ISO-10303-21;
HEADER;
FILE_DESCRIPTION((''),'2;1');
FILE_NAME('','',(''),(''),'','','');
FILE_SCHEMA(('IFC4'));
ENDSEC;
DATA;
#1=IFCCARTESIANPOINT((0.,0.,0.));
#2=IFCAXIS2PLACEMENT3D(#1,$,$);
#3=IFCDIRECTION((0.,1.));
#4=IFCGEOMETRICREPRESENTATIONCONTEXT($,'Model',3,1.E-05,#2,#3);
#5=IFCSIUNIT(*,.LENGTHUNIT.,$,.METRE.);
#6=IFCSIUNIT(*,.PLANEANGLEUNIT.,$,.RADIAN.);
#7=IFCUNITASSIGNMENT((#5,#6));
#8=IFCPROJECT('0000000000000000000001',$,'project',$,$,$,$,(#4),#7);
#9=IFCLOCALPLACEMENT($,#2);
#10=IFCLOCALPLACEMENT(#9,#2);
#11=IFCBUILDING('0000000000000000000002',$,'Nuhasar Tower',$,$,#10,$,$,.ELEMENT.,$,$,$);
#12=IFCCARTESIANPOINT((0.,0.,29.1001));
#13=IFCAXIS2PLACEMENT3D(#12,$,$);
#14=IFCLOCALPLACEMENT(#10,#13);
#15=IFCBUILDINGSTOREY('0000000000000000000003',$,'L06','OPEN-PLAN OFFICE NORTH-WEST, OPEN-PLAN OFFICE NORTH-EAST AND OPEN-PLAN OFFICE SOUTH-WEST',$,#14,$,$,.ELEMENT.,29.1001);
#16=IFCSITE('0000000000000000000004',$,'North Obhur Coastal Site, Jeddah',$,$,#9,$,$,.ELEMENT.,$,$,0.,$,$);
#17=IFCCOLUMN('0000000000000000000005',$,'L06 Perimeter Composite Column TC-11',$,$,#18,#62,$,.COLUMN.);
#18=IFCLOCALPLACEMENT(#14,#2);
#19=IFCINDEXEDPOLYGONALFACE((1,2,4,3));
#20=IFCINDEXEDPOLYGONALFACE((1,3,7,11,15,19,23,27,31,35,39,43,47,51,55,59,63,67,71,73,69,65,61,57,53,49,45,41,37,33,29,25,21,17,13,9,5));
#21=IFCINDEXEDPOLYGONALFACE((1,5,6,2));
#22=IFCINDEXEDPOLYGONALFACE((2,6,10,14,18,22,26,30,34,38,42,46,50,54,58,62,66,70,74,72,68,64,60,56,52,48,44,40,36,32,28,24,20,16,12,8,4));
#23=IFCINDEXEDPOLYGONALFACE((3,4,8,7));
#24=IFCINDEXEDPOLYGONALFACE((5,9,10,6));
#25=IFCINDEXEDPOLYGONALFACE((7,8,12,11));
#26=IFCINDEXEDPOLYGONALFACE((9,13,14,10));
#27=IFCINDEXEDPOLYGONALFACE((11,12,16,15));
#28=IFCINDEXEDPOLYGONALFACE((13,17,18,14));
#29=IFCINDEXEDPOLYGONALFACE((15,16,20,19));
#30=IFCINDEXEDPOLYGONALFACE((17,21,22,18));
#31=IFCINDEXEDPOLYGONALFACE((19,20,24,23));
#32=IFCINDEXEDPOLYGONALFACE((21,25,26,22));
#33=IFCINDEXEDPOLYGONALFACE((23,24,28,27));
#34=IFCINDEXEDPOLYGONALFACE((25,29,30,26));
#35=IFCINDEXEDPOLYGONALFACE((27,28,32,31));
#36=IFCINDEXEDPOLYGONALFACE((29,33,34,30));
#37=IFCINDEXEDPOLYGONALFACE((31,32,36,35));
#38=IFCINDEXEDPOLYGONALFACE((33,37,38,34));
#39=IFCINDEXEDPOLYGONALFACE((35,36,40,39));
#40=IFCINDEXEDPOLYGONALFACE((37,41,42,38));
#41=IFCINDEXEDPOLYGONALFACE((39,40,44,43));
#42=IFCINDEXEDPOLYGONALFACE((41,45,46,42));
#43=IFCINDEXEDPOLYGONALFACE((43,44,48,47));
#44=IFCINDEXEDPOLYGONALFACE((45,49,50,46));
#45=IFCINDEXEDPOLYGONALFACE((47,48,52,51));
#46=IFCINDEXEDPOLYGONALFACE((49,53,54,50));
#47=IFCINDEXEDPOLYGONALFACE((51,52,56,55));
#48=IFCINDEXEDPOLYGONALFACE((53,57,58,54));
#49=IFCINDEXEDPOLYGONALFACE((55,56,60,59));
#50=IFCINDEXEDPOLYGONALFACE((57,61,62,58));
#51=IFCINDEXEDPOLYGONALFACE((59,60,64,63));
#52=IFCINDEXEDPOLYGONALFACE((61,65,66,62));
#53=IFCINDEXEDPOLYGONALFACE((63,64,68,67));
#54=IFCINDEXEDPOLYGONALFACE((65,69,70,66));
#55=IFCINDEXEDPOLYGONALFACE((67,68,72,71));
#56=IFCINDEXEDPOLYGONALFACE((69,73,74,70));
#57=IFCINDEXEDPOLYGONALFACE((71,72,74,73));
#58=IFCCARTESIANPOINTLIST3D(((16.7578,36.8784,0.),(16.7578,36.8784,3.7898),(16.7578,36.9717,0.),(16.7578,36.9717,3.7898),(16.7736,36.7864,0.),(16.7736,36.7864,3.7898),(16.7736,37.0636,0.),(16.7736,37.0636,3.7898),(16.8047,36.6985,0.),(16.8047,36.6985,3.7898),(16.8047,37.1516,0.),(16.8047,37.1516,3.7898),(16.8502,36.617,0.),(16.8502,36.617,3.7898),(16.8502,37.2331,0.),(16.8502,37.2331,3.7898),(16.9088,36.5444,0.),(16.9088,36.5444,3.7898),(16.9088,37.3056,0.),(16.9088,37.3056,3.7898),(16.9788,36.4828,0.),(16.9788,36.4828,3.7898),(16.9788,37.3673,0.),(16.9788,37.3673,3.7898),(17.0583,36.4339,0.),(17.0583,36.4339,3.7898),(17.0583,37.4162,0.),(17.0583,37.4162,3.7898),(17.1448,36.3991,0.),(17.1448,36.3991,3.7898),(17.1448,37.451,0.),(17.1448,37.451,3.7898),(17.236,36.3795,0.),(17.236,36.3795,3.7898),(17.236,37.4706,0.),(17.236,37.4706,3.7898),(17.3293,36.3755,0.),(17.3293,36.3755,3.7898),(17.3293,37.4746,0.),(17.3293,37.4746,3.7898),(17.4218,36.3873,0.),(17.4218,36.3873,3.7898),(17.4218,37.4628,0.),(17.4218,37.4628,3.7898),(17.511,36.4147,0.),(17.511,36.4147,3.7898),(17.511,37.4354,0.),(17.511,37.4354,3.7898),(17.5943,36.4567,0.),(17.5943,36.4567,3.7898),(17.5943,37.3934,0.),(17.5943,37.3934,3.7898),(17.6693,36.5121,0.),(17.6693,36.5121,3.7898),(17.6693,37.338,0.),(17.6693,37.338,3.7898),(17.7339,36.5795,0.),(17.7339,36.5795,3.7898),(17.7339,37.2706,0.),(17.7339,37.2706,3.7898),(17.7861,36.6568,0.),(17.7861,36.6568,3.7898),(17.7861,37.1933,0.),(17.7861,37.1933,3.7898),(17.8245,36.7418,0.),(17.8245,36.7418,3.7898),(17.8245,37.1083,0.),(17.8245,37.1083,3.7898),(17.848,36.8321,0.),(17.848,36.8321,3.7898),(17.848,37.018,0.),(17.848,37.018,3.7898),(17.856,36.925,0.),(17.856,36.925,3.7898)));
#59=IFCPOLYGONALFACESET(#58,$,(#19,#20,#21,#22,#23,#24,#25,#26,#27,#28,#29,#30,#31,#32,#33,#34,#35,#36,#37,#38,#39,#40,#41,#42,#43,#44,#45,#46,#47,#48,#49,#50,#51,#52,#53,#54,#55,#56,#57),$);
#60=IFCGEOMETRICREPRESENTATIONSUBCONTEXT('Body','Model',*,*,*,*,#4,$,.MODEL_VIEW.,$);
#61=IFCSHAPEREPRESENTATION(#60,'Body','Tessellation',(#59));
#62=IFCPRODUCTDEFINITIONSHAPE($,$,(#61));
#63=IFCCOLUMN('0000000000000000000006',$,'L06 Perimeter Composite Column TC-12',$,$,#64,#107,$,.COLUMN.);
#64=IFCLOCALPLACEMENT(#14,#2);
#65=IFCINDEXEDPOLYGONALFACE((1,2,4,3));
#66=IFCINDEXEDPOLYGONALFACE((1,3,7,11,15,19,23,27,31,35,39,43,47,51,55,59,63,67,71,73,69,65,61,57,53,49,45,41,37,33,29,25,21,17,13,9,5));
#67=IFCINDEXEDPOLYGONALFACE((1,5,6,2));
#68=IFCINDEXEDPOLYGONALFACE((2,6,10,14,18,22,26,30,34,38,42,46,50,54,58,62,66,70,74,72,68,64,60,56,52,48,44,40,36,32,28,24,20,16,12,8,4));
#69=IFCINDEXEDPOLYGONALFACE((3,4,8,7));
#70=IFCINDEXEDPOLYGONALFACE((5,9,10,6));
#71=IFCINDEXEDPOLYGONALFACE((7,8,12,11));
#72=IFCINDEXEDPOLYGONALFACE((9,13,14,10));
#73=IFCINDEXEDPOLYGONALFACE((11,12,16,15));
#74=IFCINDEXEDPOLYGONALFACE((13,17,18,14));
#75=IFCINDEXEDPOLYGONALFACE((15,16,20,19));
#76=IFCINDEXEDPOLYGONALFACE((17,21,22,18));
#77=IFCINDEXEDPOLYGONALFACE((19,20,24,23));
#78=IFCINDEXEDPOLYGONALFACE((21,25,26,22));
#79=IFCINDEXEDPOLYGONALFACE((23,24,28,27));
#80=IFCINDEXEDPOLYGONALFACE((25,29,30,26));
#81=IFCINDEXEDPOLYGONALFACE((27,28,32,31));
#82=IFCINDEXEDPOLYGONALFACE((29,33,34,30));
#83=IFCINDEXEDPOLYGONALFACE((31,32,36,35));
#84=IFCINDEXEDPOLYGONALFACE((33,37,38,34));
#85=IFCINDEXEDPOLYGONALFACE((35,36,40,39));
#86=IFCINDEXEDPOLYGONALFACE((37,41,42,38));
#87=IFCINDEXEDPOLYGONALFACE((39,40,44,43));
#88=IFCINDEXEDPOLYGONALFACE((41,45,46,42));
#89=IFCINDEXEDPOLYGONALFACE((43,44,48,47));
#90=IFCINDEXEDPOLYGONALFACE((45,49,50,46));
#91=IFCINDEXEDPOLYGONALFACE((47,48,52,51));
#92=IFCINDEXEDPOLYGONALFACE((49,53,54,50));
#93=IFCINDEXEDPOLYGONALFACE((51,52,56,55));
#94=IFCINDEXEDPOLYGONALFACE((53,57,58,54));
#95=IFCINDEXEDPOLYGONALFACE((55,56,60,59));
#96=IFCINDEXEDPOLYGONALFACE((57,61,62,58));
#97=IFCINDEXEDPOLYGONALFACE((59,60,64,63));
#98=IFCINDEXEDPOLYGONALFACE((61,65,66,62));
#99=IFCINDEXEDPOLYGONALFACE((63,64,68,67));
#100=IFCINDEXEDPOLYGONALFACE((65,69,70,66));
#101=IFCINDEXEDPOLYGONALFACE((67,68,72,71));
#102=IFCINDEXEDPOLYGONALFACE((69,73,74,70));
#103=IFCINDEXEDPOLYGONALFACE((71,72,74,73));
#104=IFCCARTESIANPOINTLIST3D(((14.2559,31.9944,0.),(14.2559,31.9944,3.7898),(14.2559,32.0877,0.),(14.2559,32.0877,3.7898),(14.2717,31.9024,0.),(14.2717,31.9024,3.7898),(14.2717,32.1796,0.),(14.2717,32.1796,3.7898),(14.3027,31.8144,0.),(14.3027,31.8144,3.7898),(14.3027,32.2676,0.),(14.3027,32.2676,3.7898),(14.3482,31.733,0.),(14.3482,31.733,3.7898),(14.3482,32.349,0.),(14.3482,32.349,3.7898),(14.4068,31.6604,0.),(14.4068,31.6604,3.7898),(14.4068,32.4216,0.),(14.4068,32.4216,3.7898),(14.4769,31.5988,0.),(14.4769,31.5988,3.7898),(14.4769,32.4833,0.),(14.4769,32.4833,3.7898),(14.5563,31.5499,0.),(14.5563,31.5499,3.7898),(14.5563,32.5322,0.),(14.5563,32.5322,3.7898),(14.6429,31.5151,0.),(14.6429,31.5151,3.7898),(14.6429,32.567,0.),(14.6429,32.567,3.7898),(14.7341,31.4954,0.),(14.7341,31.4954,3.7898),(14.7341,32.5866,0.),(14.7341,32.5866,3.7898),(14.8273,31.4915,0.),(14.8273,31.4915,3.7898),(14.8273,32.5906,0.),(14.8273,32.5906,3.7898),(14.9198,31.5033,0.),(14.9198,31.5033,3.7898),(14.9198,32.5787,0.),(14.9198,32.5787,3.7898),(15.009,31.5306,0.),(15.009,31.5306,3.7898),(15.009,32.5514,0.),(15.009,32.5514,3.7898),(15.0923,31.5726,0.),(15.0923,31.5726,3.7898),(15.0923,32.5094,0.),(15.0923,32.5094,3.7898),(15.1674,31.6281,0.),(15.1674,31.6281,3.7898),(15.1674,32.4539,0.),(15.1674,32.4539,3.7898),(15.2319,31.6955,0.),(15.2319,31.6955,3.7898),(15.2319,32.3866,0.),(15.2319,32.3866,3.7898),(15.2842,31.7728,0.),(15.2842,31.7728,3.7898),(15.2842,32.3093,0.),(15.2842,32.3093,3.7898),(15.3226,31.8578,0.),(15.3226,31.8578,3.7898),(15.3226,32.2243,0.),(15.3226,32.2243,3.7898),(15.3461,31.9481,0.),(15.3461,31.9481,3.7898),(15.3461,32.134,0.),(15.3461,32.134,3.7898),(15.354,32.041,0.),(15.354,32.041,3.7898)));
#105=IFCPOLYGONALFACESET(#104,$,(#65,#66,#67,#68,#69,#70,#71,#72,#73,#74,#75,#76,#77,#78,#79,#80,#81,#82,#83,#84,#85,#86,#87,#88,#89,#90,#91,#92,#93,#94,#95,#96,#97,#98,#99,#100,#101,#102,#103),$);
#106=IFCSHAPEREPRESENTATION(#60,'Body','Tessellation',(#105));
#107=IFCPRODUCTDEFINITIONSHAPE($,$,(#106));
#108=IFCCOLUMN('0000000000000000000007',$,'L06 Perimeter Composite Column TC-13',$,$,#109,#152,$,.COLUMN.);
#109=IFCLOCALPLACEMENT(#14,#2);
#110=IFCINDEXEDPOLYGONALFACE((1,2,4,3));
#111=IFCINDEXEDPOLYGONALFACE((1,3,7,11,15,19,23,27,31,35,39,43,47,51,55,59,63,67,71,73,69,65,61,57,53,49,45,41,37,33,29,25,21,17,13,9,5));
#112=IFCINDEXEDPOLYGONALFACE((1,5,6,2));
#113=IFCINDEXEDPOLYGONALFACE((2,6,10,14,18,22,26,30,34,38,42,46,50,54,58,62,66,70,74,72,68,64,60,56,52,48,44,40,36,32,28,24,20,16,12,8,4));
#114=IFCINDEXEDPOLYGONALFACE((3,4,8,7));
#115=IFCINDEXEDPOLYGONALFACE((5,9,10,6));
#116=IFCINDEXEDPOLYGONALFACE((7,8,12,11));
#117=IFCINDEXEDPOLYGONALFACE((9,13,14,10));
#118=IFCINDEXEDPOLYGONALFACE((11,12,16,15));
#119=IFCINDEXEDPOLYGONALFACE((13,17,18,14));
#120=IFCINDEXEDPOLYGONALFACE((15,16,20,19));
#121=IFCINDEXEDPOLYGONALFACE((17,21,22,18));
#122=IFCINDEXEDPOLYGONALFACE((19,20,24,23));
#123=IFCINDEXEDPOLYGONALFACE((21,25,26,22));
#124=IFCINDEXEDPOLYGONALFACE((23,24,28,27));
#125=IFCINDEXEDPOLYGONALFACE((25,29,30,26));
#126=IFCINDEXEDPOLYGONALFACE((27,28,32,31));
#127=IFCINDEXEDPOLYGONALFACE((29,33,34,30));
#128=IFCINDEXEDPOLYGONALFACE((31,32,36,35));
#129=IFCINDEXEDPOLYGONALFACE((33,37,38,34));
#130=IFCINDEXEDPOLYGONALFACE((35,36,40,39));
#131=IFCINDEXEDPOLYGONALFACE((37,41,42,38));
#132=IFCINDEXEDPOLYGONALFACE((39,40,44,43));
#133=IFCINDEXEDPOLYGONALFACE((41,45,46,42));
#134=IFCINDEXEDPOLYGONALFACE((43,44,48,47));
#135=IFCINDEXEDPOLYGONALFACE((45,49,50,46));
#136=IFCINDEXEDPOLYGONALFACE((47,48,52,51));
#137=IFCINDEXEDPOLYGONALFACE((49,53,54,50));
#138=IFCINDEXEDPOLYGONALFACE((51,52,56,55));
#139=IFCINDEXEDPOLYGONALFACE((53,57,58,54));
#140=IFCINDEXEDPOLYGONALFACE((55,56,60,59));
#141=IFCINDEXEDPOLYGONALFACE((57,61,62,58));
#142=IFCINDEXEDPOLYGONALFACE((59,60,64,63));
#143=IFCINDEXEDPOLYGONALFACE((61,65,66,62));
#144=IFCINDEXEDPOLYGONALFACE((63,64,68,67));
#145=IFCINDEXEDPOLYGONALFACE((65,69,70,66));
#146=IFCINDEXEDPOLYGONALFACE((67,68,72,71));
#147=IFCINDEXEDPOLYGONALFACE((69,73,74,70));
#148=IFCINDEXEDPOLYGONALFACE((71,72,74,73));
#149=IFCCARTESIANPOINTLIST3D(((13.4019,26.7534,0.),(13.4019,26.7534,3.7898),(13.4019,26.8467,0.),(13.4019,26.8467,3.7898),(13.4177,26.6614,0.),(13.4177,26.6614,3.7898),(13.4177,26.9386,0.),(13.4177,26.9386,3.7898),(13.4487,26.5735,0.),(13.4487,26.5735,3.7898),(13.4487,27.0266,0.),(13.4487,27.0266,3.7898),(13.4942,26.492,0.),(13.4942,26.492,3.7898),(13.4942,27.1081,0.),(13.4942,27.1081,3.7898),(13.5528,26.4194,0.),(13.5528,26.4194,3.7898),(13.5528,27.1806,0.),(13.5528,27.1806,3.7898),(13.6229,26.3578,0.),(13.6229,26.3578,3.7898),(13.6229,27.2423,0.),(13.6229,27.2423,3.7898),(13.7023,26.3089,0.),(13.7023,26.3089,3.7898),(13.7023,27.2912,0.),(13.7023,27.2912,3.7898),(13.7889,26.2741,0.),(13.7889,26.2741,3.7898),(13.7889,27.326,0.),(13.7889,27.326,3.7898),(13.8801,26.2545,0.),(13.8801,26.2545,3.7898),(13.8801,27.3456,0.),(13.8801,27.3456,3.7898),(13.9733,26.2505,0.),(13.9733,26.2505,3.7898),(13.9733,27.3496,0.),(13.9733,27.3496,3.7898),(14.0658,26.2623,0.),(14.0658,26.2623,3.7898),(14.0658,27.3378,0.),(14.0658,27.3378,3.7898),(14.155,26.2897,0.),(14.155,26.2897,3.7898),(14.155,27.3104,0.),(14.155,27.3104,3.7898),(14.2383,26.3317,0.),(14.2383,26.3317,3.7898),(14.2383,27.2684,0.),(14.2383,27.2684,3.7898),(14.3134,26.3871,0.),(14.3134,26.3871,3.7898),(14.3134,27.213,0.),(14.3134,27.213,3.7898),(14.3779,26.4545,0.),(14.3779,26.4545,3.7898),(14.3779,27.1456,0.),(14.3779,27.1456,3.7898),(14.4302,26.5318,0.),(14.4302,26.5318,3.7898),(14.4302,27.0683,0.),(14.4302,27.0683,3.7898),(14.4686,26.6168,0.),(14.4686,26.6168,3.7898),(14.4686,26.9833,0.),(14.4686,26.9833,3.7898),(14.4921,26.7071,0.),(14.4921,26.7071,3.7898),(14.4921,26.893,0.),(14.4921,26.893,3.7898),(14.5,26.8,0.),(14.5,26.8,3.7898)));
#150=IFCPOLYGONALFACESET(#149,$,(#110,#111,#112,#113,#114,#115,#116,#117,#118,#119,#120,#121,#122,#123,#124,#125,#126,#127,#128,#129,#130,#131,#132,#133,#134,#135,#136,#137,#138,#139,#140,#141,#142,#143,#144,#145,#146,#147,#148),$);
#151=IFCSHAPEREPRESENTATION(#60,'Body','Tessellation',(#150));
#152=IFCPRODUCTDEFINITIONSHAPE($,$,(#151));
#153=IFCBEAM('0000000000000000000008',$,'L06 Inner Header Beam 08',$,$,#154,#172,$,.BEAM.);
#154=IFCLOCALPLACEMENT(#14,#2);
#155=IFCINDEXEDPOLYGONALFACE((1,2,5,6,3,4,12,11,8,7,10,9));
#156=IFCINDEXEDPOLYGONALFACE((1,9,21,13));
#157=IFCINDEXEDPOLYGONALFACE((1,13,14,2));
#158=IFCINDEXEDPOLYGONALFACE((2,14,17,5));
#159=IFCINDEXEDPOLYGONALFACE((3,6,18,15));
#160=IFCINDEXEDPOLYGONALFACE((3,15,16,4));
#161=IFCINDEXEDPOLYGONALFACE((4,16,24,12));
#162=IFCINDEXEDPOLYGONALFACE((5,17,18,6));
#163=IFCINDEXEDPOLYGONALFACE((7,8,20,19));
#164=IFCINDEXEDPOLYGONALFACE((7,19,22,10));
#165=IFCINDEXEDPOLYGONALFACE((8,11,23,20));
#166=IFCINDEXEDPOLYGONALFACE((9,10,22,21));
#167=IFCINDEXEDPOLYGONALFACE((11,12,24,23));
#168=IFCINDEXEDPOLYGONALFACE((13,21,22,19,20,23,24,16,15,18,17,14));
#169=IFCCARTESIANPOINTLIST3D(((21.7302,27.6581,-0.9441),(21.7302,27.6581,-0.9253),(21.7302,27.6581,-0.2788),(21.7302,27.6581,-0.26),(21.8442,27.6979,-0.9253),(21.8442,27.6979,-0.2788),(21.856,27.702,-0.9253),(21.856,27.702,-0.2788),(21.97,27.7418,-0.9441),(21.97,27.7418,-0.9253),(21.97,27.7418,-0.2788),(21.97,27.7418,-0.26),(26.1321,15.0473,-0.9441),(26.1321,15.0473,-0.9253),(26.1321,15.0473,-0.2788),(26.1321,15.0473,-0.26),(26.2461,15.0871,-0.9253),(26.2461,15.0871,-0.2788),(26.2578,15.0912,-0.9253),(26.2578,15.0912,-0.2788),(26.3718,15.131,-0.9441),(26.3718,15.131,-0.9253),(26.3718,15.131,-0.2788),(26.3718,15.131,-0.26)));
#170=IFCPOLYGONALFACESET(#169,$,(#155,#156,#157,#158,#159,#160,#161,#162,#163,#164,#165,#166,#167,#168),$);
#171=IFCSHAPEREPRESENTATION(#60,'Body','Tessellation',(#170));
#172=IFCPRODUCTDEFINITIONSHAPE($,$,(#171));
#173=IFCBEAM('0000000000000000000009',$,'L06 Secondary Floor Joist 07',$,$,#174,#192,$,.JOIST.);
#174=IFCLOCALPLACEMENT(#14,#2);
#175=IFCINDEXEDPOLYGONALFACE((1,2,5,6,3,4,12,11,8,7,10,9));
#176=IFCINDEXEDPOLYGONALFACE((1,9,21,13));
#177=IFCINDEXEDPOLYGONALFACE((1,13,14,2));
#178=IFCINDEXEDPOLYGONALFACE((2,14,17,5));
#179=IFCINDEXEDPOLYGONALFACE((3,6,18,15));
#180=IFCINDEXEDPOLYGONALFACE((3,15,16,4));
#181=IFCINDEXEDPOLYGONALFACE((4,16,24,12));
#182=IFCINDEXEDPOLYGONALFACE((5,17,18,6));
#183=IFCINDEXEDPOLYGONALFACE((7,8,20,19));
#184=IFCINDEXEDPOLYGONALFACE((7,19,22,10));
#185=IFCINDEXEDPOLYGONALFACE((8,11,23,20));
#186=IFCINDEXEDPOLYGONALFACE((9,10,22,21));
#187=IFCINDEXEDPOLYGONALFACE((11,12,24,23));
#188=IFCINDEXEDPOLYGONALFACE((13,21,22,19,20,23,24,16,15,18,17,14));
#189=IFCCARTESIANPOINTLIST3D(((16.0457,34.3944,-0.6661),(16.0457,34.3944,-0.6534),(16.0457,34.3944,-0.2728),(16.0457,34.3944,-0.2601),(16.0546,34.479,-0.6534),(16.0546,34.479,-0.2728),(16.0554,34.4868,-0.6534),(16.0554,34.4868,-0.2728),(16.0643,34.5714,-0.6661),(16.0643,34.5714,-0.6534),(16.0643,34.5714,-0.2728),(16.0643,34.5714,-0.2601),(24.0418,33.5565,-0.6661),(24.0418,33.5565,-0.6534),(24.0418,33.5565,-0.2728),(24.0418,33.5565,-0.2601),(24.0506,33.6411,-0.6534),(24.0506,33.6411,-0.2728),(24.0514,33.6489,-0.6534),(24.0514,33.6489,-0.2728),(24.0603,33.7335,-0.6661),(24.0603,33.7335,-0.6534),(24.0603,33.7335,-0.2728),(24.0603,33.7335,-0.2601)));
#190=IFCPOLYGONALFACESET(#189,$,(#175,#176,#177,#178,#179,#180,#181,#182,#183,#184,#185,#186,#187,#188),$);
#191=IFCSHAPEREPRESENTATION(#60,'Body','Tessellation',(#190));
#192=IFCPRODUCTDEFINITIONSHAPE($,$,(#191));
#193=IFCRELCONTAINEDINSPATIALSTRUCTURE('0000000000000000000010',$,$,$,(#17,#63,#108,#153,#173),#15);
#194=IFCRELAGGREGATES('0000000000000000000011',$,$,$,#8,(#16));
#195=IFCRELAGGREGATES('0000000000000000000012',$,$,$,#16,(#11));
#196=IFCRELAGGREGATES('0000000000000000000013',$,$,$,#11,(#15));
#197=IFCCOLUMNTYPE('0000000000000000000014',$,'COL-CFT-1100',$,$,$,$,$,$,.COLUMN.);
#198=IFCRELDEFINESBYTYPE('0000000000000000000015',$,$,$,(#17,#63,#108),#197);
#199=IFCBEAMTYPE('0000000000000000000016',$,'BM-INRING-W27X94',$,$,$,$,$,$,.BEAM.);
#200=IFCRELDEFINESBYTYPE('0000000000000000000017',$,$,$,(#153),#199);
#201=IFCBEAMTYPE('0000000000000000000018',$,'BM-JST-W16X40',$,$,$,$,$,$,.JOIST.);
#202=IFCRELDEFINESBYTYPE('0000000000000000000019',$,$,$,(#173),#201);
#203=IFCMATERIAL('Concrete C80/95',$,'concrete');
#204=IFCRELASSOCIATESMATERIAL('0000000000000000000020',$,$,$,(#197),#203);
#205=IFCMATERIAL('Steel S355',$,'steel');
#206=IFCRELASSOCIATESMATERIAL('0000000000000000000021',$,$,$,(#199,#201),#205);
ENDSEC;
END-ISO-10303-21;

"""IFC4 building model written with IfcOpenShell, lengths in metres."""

from ifc_helpers import new_model, si_unit, direction, frame, origin, origin_2d, place, context, subcontext, project, spatial, circle, i_section, extrude, material, material_profile, profile_set, type_object, element, save


model = new_model("IFC4")

# Units and contexts
model_context = context("Model", 3, precision=1e-05, world=origin(), true_north=direction((0.0, 1.0)))
body_context = subcontext(model_context, "Body", "Model", "MODEL_VIEW")
ifc_project = project(units=[si_unit("LENGTHUNIT", "METRE"), si_unit("PLANEANGLEUNIT", "RADIAN")], contexts=[model_context])

# Site, building, storey
site_placement = place(None, origin())
site = spatial("IfcSite", under=ifc_project, at=site_placement, Name="North Obhur Coastal Site, Jeddah", CompositionType="ELEMENT", RefElevation=0.0)
building_placement = place(site_placement, origin())
building = spatial("IfcBuilding", under=site, at=building_placement, Name="Nuhasar Tower", CompositionType="ELEMENT")
storey_placement = place(building_placement, frame((0.0, 0.0, 29.1001)))
storey = spatial("IfcBuildingStorey", under=building, at=storey_placement, Name="L06", Description="OPEN-PLAN OFFICE NORTH-WEST, OPEN-PLAN OFFICE NORTH-EAST AND OPEN-PLAN OFFICE SOUTH-WEST", CompositionType="ELEMENT", Elevation=29.1001)

# Columns
ifc_material_1 = material(Name="Concrete C80/95", Category="concrete")
ifc_material_profile_1 = material_profile(ifc_material_1, circle(Radius=0.55, at=origin_2d()), Name="CFT1100")
ifc_profile_set_1 = profile_set([ifc_material_profile_1], Name="Concrete C80/95")
column_type = type_object("IfcColumnType", Name="COL-CFT-1100", PredefinedType="COLUMN", material=ifc_profile_set_1)
for number, where, z_axis, x_axis, name in (
    (1, (17.3059, 36.925, 0.0), (0.0, 0.0, 1.0), (1.0, 0.0, 0.0), "L06 Perimeter Composite Column TC-11"),
    (2, (14.804, 32.041, 0.0), (0.0, 0.0, 1.0), (1.0, 0.0, 0.0), "L06 Perimeter Composite Column TC-12"),
    (3, (13.95, 26.8, 0.0), (0.0, 0.0, 1.0), (1.0, 0.0, 0.0), "L06 Perimeter Composite Column TC-13"),
):
    element("IfcColumn", number, at=place(storey_placement, frame(where, z_axis=z_axis, x_axis=x_axis)), inside=storey, type_object=column_type, Name=name, PredefinedType="COLUMN", context=body_context, shape_type="SweptSolid", body=[
        extrude(circle(Radius=0.55, at=origin_2d()), origin(), (0.0, 0.0, 1.0), 3.7898),
    ])

# Beams
ifc_material_2 = material(Name="Steel S355", Category="steel")
ifc_material_profile_2 = material_profile(ifc_material_2, i_section(OverallWidth=0.2539, OverallDepth=0.6841, WebThickness=0.0125, FlangeThickness=0.0188, at=origin_2d()), Name="W27X94")
ifc_profile_set_2 = profile_set([ifc_material_profile_2], Name="Steel S355")
beam_type_1 = type_object("IfcBeamType", Name="BM-INRING-W27X94", PredefinedType="BEAM", material=ifc_profile_set_2)
beam_1_placement = place(storey_placement, frame((21.8501, 27.7, -0.6021), z_axis=(0.329554, -0.944137, 0.0), x_axis=(0.944137, 0.329554, 0.0)))
element("IfcBeam", 4, at=beam_1_placement, inside=storey, type_object=beam_type_1, Name="L06 Inner Header Beam 08", PredefinedType="BEAM", context=body_context, shape_type="SweptSolid", body=[
    extrude(i_section(OverallWidth=0.2539, OverallDepth=0.6841, WebThickness=0.0125, FlangeThickness=0.0188, at=origin_2d()), origin(), (0.0, 0.0, 1.0), 13.3569),
])
ifc_material_profile_3 = material_profile(ifc_material_2, i_section(OverallWidth=0.178, OverallDepth=0.406, WebThickness=0.0078, FlangeThickness=0.0127, at=origin_2d()), Name="W16X40")
ifc_profile_set_3 = profile_set([ifc_material_profile_3], Name="Steel S355")
beam_type_2 = type_object("IfcBeamType", Name="BM-JST-W16X40", PredefinedType="JOIST", material=ifc_profile_set_3)
beam_2_placement = place(storey_placement, frame((24.051, 33.645, -0.4631), z_axis=(-0.994555, 0.104217, 0.0), x_axis=(-0.104217, -0.994555, 0.0)))
element("IfcBeam", 5, at=beam_2_placement, inside=storey, type_object=beam_type_2, Name="L06 Secondary Floor Joist 07", PredefinedType="JOIST", context=body_context, shape_type="SweptSolid", body=[
    extrude(i_section(OverallWidth=0.178, OverallDepth=0.406, WebThickness=0.0078, FlangeThickness=0.0127, at=origin_2d()), origin(), (0.0, 0.0, 1.0), 8.0398),
])

save(model, "model.ifc")
